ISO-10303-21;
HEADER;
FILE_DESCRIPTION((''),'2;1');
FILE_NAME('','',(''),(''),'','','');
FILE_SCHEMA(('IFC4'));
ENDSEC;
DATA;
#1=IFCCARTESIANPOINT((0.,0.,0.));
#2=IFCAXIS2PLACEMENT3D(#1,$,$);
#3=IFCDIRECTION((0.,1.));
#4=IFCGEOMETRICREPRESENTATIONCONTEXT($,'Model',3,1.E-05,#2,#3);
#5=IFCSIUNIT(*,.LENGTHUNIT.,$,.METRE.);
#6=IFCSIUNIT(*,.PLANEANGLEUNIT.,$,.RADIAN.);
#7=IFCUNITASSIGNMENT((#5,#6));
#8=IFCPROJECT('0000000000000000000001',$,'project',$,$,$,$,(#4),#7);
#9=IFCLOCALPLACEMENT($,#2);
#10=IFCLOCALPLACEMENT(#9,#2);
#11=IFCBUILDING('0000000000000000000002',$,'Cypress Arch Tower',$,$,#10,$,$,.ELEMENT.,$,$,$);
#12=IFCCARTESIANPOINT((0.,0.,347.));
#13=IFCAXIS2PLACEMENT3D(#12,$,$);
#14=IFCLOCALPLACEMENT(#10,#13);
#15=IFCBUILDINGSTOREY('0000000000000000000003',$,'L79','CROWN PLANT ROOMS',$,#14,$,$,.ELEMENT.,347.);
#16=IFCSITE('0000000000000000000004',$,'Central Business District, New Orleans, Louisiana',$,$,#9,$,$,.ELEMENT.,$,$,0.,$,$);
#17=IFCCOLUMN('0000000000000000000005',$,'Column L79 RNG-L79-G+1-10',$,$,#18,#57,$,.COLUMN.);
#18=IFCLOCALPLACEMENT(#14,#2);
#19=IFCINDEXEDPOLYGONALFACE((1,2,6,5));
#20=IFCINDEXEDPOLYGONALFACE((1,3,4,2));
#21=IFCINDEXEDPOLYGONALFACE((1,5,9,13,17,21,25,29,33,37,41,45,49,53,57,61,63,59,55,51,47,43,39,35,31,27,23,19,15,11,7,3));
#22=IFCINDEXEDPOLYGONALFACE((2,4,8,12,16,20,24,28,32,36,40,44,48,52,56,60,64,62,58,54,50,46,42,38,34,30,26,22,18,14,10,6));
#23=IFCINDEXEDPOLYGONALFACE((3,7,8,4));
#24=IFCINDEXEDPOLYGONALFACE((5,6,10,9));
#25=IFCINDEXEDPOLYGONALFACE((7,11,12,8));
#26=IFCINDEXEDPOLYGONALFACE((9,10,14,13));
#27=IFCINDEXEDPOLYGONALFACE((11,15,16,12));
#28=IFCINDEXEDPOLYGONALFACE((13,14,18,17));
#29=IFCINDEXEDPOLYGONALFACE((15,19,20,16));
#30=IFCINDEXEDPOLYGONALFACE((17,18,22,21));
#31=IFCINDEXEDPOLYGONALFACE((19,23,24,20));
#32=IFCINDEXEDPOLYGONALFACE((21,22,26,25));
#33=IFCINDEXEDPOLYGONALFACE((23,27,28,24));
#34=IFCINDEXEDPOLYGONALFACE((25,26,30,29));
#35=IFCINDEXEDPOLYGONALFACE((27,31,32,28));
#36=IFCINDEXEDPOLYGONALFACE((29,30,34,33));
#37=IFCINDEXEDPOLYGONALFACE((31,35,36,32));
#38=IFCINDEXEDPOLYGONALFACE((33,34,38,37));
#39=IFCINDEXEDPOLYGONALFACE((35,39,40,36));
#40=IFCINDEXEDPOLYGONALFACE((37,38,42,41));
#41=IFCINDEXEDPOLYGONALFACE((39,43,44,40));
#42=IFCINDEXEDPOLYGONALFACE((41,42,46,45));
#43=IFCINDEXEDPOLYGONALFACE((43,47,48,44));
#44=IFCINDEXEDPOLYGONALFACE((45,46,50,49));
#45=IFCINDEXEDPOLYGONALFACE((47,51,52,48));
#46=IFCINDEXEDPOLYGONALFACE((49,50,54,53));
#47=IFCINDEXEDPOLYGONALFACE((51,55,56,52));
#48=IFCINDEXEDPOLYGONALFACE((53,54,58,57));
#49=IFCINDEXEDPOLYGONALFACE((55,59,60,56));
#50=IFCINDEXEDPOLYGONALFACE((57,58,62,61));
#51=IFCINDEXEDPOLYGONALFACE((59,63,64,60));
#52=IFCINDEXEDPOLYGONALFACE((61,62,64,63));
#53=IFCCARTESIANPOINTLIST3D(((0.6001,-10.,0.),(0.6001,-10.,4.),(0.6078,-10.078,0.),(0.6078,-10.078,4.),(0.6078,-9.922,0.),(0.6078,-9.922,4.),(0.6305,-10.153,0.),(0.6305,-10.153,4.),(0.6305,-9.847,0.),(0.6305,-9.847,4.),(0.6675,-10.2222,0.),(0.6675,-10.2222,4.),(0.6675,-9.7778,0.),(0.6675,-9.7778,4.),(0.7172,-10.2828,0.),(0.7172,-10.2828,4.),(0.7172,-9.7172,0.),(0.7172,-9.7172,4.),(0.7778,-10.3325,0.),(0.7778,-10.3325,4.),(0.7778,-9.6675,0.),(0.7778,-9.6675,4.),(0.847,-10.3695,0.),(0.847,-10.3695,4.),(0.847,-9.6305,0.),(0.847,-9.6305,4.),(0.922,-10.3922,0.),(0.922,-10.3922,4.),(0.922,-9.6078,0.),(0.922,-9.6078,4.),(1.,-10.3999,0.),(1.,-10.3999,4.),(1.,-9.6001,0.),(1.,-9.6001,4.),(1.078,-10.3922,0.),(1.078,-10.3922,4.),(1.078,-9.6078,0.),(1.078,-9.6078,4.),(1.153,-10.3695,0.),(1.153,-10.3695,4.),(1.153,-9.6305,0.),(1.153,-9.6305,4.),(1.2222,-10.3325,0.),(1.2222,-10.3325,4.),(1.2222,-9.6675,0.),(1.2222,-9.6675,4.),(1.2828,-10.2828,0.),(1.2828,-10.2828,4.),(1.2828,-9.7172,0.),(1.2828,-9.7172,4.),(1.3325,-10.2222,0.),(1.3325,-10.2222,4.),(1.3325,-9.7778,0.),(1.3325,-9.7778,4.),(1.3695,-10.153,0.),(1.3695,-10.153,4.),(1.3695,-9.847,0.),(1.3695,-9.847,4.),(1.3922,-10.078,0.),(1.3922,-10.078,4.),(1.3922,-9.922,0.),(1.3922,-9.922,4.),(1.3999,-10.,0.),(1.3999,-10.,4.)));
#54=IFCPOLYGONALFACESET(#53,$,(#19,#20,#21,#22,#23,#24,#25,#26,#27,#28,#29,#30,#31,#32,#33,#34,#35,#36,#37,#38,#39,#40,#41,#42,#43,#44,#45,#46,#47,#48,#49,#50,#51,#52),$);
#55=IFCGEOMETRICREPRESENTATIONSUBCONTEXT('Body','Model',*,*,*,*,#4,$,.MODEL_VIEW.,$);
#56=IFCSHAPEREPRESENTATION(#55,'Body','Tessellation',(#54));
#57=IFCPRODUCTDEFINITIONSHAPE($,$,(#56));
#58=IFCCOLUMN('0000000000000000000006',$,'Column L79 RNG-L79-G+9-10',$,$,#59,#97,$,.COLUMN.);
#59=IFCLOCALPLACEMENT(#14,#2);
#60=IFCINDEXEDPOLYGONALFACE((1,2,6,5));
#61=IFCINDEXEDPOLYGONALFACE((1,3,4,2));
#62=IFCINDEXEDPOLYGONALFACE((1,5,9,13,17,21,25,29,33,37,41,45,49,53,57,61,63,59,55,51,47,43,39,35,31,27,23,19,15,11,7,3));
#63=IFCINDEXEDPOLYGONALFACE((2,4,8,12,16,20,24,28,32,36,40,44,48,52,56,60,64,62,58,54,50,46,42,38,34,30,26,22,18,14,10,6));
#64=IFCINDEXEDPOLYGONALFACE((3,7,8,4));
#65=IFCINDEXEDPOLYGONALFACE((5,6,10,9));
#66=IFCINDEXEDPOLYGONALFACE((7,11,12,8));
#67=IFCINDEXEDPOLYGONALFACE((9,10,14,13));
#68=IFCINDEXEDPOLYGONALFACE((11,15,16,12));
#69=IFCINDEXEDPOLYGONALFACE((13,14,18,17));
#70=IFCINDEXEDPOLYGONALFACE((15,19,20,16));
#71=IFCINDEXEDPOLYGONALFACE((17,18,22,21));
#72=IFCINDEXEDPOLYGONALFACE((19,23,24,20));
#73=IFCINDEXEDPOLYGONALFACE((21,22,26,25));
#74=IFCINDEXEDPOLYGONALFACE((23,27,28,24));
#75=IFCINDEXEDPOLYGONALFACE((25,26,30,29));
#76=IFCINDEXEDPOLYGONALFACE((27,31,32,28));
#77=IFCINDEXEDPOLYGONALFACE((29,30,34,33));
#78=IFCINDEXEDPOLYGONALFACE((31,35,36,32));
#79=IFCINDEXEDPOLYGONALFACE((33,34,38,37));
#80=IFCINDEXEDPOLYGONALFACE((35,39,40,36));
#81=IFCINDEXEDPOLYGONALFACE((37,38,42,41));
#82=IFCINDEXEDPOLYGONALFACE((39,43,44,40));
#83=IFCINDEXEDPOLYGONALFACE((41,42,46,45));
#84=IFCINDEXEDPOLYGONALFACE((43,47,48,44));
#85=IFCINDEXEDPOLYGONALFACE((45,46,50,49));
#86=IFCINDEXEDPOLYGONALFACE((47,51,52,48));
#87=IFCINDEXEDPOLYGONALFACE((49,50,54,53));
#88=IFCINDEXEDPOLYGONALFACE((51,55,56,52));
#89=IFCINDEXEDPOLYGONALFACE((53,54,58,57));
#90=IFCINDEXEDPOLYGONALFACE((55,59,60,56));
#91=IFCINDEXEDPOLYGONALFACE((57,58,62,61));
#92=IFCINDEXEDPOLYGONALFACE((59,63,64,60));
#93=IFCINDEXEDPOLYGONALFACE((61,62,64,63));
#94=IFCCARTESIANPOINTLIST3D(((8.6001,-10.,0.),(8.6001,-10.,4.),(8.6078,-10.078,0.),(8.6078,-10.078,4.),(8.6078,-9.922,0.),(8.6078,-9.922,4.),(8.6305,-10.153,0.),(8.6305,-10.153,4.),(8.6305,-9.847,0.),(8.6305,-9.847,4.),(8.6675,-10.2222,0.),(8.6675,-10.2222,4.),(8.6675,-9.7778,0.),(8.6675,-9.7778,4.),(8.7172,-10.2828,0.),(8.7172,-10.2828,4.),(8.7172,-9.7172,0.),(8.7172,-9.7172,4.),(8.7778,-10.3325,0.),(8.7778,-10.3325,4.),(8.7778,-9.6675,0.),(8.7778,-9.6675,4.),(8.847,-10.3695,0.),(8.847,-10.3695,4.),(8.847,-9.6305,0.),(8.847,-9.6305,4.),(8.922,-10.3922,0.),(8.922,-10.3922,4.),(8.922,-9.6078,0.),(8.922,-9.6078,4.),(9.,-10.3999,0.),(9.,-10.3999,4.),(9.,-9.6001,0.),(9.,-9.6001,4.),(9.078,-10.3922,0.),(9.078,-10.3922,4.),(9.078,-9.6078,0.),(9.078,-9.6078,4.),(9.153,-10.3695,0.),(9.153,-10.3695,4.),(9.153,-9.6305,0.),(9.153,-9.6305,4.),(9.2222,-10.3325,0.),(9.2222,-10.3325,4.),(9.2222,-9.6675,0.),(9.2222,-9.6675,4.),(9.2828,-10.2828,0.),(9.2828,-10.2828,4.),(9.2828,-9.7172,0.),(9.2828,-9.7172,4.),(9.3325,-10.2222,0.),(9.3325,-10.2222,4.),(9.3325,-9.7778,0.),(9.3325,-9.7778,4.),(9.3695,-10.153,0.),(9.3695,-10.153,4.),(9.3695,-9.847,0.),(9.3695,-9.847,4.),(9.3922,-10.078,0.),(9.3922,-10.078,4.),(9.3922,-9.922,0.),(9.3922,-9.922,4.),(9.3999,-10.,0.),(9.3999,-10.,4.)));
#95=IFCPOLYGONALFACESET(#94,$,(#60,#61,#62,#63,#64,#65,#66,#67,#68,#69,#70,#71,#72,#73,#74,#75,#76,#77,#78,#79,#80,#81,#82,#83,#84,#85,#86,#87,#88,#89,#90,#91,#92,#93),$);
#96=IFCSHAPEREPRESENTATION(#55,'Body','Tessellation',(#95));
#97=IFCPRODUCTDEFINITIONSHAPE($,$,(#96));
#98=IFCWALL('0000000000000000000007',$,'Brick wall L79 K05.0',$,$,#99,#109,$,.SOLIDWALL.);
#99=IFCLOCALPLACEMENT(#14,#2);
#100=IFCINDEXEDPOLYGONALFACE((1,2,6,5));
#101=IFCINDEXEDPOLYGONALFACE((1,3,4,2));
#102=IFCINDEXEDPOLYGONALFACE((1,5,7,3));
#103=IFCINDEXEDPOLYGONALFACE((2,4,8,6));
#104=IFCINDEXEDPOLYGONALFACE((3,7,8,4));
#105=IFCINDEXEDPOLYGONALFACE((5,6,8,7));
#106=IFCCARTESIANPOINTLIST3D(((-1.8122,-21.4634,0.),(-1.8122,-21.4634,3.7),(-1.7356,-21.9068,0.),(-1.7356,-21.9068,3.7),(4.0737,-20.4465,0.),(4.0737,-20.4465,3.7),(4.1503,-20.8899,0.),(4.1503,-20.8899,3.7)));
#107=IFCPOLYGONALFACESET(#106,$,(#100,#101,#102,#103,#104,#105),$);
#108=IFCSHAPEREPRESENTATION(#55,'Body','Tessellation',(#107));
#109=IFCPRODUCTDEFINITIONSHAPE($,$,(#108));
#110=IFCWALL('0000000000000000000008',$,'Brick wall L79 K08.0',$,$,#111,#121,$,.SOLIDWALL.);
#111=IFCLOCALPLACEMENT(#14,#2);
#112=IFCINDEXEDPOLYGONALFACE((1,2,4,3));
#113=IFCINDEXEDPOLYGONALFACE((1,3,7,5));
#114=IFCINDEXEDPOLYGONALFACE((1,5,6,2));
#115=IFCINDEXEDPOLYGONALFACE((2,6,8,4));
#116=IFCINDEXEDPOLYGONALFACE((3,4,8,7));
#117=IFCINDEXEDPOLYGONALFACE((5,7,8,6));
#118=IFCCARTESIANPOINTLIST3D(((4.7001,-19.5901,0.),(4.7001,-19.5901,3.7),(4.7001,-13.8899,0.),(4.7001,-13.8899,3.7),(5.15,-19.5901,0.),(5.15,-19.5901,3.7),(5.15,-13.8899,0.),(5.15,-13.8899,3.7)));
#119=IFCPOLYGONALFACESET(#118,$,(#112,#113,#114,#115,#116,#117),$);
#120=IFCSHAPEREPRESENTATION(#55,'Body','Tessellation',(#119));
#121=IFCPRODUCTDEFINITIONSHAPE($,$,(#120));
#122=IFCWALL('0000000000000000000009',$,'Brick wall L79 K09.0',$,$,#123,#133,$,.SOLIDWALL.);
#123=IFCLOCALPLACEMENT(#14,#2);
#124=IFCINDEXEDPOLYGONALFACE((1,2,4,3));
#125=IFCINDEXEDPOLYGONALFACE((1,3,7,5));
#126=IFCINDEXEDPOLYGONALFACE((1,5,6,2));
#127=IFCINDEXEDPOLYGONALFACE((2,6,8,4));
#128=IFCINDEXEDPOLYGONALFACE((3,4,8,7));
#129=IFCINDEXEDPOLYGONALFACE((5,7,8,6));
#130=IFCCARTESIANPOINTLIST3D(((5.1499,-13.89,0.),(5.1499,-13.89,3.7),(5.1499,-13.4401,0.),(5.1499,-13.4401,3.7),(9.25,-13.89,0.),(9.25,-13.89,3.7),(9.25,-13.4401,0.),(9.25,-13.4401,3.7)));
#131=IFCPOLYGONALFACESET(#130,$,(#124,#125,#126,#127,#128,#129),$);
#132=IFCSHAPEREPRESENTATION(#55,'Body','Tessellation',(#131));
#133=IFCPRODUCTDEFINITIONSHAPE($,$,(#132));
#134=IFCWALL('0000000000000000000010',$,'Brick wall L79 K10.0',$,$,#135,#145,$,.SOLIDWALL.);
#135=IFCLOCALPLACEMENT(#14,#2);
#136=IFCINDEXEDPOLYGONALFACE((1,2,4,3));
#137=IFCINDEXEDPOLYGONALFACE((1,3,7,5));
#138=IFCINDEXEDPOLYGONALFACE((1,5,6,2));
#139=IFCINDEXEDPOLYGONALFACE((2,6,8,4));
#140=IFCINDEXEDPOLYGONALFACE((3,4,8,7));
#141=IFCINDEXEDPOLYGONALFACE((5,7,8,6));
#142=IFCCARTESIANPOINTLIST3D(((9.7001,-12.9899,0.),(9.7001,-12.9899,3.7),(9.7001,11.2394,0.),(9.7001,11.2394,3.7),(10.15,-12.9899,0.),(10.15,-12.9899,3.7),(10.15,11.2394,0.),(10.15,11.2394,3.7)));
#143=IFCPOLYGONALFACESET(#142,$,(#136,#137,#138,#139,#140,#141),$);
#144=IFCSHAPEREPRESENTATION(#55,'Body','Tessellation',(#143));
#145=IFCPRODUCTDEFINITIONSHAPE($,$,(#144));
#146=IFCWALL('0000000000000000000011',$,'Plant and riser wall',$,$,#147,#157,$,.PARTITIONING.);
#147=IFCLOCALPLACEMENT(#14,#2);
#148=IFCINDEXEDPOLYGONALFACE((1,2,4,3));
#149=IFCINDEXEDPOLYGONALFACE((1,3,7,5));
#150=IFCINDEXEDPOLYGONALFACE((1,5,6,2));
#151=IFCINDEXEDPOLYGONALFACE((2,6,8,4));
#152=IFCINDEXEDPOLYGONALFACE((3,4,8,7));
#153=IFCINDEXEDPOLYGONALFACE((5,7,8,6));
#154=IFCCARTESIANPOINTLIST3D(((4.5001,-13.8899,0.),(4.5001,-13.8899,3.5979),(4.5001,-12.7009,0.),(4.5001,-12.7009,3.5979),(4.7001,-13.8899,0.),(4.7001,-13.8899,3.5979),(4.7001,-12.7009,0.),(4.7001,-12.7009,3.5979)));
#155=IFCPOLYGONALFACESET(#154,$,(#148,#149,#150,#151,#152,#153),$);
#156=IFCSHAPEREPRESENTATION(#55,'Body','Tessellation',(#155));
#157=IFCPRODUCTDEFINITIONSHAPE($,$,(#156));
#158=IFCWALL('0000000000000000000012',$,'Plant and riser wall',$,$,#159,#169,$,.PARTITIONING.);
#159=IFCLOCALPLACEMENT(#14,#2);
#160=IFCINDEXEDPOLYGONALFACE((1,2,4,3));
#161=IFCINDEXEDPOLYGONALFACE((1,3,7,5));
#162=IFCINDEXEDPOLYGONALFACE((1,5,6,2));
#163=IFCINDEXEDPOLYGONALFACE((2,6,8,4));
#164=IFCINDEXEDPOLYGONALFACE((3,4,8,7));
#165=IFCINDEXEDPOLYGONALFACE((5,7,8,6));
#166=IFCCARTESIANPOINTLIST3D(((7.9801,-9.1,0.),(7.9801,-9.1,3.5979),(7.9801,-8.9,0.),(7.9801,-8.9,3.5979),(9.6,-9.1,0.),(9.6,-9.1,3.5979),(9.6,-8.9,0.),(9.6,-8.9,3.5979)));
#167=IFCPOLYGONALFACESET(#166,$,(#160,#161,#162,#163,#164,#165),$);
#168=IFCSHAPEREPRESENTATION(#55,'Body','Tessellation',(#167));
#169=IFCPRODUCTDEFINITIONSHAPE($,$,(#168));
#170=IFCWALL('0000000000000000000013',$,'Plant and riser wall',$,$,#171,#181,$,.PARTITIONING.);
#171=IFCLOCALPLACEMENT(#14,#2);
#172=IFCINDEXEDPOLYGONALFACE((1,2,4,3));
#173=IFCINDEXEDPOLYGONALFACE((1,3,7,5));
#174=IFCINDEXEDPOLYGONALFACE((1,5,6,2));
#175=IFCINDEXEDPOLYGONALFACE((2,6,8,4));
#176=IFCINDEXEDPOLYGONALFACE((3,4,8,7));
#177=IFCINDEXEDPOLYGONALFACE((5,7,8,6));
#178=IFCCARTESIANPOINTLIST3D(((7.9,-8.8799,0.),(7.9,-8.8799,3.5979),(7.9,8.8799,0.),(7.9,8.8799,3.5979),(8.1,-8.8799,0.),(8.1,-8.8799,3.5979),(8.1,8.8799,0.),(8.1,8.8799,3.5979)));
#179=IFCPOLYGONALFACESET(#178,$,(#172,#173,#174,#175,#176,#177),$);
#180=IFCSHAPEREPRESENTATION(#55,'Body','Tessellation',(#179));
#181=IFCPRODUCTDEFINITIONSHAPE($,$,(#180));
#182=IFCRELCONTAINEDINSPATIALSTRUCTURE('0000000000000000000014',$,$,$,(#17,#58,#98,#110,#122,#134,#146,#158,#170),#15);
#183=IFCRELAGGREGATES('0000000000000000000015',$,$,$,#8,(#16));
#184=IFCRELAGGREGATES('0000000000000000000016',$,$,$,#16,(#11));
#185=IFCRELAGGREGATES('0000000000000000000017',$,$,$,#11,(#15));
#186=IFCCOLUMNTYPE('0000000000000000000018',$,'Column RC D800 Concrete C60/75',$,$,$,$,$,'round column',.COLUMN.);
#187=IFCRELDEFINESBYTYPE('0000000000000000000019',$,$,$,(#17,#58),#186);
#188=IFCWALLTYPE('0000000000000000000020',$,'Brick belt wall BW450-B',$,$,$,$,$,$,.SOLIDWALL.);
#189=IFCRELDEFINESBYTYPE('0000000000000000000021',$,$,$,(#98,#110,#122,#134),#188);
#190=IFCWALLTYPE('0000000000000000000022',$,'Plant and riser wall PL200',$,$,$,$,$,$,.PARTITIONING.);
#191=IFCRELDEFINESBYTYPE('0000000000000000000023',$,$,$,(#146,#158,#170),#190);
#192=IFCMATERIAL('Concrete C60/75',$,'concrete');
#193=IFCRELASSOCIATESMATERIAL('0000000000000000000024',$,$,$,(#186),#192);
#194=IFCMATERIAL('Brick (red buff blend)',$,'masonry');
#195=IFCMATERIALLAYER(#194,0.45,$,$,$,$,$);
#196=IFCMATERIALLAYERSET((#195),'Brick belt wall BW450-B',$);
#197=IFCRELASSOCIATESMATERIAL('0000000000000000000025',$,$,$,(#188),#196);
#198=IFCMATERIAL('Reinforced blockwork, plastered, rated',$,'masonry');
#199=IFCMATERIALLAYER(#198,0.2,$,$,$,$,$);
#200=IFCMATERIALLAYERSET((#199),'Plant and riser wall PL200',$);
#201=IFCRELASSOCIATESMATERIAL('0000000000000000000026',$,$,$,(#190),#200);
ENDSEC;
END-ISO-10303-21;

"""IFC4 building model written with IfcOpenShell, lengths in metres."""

from ifc_helpers import new_model, si_unit, direction, frame, frame_2d, origin, origin_2d, place, context, subcontext, project, spatial, rectangle, circle, extrude, material, layer, layer_set, material_profile, profile_set, type_object, element, save


model = new_model("IFC4")

# Units and contexts
model_context = context("Model", 3, precision=1e-05, world=origin(), true_north=direction((0.0, 1.0)))
body_context = subcontext(model_context, "Body", "Model", "MODEL_VIEW")
ifc_project = project(units=[si_unit("LENGTHUNIT", "METRE"), si_unit("PLANEANGLEUNIT", "RADIAN")], contexts=[model_context])

# Site, building, storey
site_placement = place(None, origin())
site = spatial("IfcSite", under=ifc_project, at=site_placement, Name="Central Business District, New Orleans, Louisiana", CompositionType="ELEMENT", RefElevation=0.0)
building_placement = place(site_placement, origin())
building = spatial("IfcBuilding", under=site, at=building_placement, Name="Cypress Arch Tower", CompositionType="ELEMENT")
storey_placement = place(building_placement, frame((0.0, 0.0, 347.0)))
storey = spatial("IfcBuildingStorey", under=building, at=storey_placement, Name="L79", Description="CROWN PLANT ROOMS", CompositionType="ELEMENT", Elevation=347.0)

# Columns
ifc_material_1 = material(Name="Concrete C60/75", Category="concrete")
ifc_material_profile = material_profile(ifc_material_1, circle(Radius=0.3999, at=origin_2d()), Name="RC D800")
ifc_profile_set = profile_set([ifc_material_profile], Name="Concrete C60/75")
column_type = type_object("IfcColumnType", Name="Column RC D800 Concrete C60/75", ElementType="round column", PredefinedType="COLUMN", material=ifc_profile_set)
for number, where, z_axis, x_axis, name in (
    (1, (1.0, -10.0, 0.0), (0.0, 0.0, 1.0), (1.0, 0.0, 0.0), "Column L79 RNG-L79-G+1-10"),
    (2, (9.0, -10.0, 0.0), (0.0, 0.0, 1.0), (1.0, 0.0, 0.0), "Column L79 RNG-L79-G+9-10"),
):
    element("IfcColumn", number, at=place(storey_placement, frame(where, z_axis=z_axis, x_axis=x_axis)), inside=storey, type_object=column_type, Name=name, PredefinedType="COLUMN", context=body_context, shape_type="SweptSolid", body=[
        extrude(circle(Radius=0.3999, at=origin_2d()), origin(), (0.0, 0.0, 1.0), 4.0),
    ])

# Walls
ifc_material_2 = material(Name="Brick (red buff blend)", Category="masonry")
ifc_layer_1 = layer(ifc_material_2, 0.45)
ifc_layer_set_1 = layer_set([ifc_layer_1], Name="Brick belt wall BW450-B")
wall_type_1 = type_object("IfcWallType", Name="Brick belt wall BW450-B", PredefinedType="SOLIDWALL", material=ifc_layer_set_1)
wall_1_placement = place(storey_placement, frame((-1.7739, -21.6851, 0.0), z_axis=(0.0, 0.0, 1.0), x_axis=(0.985403, 0.170235, 0.0)))
element("IfcWall", 3, at=wall_1_placement, inside=storey, type_object=wall_type_1, Name="Brick wall L79 K05.0", PredefinedType="SOLIDWALL", context=body_context, shape_type="SweptSolid", body=[
    extrude(rectangle(XDim=5.9731, YDim=0.45, at=frame_2d((2.9866, 0.0))), origin(), (0.0, 0.0, 1.0), 3.7),
])
wall_2_placement = place(storey_placement, frame((4.925, -19.5901, 0.0), z_axis=(0.0, 0.0, 1.0), x_axis=(0.0, 1.0, 0.0)))
element("IfcWall", 4, at=wall_2_placement, inside=storey, type_object=wall_type_1, Name="Brick wall L79 K08.0", PredefinedType="SOLIDWALL", context=body_context, shape_type="SweptSolid", body=[
    extrude(rectangle(XDim=5.7002, YDim=0.45, at=frame_2d((2.8501, 0.0))), origin(), (0.0, 0.0, 1.0), 3.7),
])
wall_3_placement = place(storey_placement, frame((5.1499, -13.665, 0.0), z_axis=(0.0, 0.0, 1.0), x_axis=(1.0, 0.0, 0.0)))
element("IfcWall", 5, at=wall_3_placement, inside=storey, type_object=wall_type_1, Name="Brick wall L79 K09.0", PredefinedType="SOLIDWALL", context=body_context, shape_type="SweptSolid", body=[
    extrude(rectangle(XDim=4.1001, YDim=0.45, at=frame_2d((2.05, 0.0))), origin(), (0.0, 0.0, 1.0), 3.7),
])
wall_4_placement = place(storey_placement, frame((9.925, -12.99, 0.0), z_axis=(0.0, 0.0, 1.0), x_axis=(0.0, 1.0, 0.0)))
element("IfcWall", 6, at=wall_4_placement, inside=storey, type_object=wall_type_1, Name="Brick wall L79 K10.0", PredefinedType="SOLIDWALL", context=body_context, shape_type="SweptSolid", body=[
    extrude(rectangle(XDim=24.2292, YDim=0.45, at=frame_2d((12.1147, 0.0))), origin(), (0.0, 0.0, 1.0), 3.7),
])
ifc_material_3 = material(Name="Reinforced blockwork, plastered, rated", Category="masonry")
ifc_layer_2 = layer(ifc_material_3, 0.2)
ifc_layer_set_2 = layer_set([ifc_layer_2], Name="Plant and riser wall PL200")
wall_type_2 = type_object("IfcWallType", Name="Plant and riser wall PL200", PredefinedType="PARTITIONING", material=ifc_layer_set_2)
wall_5_placement = place(storey_placement, frame((4.6001, -13.8899, 0.0), z_axis=(0.0, 0.0, 1.0), x_axis=(0.0, 1.0, 0.0)))
element("IfcWall", 7, at=wall_5_placement, inside=storey, type_object=wall_type_2, Name="Plant and riser wall", PredefinedType="PARTITIONING", context=body_context, shape_type="SweptSolid", body=[
    extrude(rectangle(XDim=1.189, YDim=0.2, at=frame_2d((0.5945, 0.0))), origin(), (0.0, 0.0, 1.0), 3.5979),
])
wall_6_placement = place(storey_placement, frame((7.98, -9.0, 0.0), z_axis=(0.0, 0.0, 1.0), x_axis=(1.0, 0.0, 0.0)))
element("IfcWall", 8, at=wall_6_placement, inside=storey, type_object=wall_type_2, Name="Plant and riser wall", PredefinedType="PARTITIONING", context=body_context, shape_type="SweptSolid", body=[
    extrude(rectangle(XDim=1.6199, YDim=0.2, at=frame_2d((0.8101, 0.0))), origin(), (0.0, 0.0, 1.0), 3.5979),
])
wall_7_placement = place(storey_placement, frame((8.0, -8.8799, 0.0), z_axis=(0.0, 0.0, 1.0), x_axis=(0.0, 1.0, 0.0)))
element("IfcWall", 9, at=wall_7_placement, inside=storey, type_object=wall_type_2, Name="Plant and riser wall", PredefinedType="PARTITIONING", context=body_context, shape_type="SweptSolid", body=[
    extrude(rectangle(XDim=17.7598, YDim=0.2, at=frame_2d((8.8799, 0.0))), origin(), (0.0, 0.0, 1.0), 3.5979),
])

save(model, "model.ifc")
